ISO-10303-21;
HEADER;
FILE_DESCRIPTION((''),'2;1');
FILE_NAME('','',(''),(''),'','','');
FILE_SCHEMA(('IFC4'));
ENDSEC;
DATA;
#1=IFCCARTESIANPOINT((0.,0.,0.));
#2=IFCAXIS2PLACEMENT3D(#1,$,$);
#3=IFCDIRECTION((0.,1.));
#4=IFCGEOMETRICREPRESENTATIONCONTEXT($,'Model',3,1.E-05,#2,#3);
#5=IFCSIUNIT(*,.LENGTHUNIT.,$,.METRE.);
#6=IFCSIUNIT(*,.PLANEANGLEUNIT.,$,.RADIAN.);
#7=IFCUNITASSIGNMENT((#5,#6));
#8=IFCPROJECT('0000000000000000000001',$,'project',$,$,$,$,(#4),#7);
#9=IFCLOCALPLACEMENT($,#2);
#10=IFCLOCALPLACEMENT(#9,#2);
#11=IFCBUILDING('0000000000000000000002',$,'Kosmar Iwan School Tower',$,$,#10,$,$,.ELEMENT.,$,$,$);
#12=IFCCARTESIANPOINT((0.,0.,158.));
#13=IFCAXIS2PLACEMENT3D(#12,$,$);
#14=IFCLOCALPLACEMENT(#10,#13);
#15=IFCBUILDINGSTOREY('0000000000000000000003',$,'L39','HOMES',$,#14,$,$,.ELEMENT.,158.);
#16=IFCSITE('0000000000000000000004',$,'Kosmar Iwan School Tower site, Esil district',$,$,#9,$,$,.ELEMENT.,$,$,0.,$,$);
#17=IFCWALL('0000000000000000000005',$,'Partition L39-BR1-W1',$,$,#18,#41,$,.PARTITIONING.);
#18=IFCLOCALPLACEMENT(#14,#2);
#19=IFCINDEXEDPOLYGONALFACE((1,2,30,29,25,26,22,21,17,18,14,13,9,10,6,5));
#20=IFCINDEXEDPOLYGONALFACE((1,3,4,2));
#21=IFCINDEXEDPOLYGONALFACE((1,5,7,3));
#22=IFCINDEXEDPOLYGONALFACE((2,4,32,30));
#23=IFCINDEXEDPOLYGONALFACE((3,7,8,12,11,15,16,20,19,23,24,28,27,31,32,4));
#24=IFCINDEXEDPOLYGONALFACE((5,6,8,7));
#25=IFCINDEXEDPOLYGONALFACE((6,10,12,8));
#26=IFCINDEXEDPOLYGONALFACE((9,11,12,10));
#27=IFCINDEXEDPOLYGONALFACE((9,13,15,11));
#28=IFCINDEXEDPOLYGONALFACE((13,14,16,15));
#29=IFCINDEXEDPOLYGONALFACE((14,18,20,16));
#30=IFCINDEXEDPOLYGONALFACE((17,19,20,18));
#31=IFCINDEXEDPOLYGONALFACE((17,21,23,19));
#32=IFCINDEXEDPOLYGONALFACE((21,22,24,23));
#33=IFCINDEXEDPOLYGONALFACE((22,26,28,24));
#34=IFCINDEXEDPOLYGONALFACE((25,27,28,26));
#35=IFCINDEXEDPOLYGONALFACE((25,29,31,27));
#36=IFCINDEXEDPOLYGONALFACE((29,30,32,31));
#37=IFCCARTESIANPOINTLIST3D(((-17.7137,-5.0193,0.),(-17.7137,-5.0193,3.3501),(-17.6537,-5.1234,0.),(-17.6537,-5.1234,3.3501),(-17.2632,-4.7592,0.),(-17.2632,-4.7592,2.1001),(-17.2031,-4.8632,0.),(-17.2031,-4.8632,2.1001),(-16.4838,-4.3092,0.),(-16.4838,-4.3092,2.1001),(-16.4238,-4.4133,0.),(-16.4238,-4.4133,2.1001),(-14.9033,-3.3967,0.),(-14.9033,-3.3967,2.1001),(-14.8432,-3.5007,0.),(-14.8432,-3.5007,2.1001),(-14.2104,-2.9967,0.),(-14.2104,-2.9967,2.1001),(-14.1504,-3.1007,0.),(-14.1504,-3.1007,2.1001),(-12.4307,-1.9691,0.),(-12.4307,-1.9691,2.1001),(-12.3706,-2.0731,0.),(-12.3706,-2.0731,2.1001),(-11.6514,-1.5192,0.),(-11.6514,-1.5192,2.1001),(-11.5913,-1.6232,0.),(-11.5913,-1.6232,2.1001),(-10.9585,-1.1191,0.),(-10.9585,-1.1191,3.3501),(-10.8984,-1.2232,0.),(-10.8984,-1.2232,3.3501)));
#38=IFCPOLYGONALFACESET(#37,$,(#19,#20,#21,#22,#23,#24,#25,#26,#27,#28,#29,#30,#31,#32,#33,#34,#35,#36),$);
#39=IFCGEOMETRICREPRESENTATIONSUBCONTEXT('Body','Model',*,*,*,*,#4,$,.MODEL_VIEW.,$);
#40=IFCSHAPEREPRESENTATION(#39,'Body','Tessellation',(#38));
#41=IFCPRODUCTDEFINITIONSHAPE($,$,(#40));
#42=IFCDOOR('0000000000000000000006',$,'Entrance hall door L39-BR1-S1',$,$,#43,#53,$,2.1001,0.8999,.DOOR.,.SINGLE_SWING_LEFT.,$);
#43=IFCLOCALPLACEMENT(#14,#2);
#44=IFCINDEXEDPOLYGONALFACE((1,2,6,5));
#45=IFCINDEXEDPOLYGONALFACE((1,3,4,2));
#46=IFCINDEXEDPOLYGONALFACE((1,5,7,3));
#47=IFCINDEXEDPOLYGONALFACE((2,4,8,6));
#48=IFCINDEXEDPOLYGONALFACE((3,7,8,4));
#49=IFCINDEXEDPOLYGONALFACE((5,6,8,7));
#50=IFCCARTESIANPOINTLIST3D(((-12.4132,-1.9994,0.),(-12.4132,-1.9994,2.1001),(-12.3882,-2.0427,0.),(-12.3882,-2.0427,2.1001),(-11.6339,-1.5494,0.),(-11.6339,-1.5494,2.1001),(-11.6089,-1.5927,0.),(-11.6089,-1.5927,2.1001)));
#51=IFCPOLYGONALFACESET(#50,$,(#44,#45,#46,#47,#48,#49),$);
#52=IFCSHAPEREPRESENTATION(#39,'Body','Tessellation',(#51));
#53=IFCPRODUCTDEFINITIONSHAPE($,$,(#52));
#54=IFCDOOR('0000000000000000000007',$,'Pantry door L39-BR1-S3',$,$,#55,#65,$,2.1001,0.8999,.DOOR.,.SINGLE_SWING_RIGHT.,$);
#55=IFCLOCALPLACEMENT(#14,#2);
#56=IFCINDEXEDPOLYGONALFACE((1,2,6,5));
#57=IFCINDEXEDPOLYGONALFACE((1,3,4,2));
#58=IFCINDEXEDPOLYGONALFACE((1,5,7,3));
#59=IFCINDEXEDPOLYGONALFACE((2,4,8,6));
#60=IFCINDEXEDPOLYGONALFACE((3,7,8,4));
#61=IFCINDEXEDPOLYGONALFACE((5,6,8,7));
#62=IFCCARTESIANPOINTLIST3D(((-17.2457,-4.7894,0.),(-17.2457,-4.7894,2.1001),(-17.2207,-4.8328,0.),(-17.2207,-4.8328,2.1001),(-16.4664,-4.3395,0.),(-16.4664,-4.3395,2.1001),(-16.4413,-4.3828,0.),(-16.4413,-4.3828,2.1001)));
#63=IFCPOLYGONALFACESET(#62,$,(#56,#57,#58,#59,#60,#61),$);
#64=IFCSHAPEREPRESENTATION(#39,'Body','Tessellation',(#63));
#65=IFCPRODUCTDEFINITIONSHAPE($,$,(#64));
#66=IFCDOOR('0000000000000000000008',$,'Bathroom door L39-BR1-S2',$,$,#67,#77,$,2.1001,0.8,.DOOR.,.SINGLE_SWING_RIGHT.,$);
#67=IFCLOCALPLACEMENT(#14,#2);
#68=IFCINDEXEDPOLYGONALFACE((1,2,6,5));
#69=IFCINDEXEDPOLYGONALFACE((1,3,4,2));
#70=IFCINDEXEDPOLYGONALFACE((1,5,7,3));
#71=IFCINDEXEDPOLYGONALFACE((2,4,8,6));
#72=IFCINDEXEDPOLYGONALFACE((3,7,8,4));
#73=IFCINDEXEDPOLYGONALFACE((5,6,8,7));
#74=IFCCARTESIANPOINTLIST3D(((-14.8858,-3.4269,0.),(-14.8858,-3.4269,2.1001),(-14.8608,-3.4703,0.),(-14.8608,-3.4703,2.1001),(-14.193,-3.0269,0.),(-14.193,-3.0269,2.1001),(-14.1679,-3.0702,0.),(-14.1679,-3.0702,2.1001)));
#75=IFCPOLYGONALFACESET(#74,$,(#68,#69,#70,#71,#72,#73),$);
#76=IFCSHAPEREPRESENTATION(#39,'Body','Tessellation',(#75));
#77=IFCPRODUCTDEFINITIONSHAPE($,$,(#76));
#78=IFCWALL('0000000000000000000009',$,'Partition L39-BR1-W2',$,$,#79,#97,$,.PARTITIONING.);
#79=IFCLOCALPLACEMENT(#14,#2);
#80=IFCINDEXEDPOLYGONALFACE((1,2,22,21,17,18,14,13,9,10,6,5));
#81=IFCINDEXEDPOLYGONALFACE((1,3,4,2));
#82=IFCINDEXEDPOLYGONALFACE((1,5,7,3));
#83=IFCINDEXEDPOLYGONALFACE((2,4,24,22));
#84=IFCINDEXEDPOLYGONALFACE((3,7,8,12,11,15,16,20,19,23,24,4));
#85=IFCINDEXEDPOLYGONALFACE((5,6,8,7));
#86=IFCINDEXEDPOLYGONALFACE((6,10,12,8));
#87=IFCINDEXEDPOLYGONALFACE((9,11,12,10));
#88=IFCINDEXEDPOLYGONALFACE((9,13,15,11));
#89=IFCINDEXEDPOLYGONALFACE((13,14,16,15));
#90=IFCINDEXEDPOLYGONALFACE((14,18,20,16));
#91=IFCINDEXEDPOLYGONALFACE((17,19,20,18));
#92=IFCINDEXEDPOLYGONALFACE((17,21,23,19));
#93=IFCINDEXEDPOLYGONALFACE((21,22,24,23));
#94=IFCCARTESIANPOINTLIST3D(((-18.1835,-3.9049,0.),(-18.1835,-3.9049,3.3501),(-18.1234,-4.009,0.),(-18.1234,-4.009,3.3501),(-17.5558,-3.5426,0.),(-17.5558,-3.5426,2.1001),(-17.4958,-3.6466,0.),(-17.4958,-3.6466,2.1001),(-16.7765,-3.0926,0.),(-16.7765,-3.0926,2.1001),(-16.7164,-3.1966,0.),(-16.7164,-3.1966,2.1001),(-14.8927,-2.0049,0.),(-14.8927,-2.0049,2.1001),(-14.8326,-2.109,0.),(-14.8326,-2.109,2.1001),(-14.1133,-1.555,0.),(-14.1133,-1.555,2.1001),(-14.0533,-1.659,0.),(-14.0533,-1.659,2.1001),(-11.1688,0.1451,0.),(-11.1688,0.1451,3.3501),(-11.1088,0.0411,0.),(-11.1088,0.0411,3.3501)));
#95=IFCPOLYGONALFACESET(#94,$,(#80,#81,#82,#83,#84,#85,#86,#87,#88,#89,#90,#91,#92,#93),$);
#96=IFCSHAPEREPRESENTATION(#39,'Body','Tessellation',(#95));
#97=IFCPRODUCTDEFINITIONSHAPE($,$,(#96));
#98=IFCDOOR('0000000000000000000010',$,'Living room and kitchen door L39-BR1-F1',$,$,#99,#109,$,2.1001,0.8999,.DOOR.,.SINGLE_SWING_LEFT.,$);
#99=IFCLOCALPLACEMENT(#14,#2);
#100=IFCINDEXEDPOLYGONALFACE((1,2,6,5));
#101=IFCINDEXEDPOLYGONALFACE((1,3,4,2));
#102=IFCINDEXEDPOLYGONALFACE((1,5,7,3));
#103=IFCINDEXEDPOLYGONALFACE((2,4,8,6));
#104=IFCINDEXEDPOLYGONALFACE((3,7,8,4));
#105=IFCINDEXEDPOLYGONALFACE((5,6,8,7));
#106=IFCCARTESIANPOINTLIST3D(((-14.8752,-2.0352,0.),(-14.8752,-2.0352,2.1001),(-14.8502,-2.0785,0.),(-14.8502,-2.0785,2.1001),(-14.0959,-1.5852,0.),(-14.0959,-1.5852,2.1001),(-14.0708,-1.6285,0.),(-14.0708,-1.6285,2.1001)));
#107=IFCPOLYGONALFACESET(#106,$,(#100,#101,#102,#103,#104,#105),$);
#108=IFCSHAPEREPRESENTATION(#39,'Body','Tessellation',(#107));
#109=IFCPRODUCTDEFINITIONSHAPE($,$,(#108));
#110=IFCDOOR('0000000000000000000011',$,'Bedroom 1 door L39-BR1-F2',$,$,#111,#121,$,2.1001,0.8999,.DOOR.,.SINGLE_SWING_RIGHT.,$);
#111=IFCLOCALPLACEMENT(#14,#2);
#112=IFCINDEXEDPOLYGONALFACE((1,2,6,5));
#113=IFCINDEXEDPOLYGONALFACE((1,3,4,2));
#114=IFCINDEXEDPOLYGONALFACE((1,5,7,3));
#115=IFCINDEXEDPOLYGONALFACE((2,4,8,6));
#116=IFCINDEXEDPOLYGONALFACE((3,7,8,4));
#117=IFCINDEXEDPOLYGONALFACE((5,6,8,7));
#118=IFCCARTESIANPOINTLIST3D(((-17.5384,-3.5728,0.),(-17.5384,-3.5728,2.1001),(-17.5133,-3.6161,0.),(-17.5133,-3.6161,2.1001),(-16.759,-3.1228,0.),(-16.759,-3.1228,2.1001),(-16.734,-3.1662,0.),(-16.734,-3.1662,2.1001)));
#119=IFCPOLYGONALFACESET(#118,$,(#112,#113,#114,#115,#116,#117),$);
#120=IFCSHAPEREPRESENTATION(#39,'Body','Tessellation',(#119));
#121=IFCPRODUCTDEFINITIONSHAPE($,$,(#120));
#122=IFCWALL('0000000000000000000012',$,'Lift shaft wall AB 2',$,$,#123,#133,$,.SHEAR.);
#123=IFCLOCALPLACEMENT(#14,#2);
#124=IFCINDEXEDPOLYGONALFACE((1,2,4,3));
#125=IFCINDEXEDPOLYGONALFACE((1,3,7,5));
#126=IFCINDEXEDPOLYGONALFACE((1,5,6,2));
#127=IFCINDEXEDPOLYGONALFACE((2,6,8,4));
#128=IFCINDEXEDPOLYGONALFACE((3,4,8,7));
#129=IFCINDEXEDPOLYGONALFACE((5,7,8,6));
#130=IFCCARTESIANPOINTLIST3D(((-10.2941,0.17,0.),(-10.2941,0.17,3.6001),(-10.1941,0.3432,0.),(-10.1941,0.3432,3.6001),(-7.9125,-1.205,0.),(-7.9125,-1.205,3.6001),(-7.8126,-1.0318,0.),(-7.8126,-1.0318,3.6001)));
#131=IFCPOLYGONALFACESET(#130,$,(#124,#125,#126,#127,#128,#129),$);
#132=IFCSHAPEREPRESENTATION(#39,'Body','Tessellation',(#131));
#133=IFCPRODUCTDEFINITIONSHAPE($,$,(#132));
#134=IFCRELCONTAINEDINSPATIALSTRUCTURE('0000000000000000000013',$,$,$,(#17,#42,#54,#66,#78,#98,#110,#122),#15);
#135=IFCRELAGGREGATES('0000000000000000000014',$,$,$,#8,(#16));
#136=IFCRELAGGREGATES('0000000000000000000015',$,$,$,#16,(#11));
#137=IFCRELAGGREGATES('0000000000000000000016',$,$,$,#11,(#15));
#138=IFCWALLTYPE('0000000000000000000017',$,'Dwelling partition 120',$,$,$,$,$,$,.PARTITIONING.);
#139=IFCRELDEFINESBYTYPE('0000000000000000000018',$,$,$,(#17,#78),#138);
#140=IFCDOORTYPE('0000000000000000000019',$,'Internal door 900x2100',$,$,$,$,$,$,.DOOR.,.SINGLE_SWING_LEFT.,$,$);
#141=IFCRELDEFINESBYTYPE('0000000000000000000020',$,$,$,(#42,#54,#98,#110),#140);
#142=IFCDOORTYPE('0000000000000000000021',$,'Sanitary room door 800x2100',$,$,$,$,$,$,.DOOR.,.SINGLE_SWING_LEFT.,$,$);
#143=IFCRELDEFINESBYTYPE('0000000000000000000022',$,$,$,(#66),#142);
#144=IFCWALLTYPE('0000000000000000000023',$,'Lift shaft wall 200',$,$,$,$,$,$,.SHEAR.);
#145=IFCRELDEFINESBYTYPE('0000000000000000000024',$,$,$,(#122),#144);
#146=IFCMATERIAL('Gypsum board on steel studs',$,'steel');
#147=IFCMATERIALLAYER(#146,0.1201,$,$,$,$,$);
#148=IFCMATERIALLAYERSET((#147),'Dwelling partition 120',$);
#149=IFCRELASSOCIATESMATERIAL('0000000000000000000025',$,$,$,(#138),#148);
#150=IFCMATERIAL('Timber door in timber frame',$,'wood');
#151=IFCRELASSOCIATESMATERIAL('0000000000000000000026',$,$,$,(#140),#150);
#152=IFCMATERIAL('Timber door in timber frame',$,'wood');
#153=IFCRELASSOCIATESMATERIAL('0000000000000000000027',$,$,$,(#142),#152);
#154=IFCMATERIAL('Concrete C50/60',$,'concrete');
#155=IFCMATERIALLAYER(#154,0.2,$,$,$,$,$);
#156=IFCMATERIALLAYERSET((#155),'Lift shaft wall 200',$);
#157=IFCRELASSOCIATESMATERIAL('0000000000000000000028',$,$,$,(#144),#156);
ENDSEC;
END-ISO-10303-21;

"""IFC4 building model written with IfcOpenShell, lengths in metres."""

from ifc_helpers import new_model, si_unit, direction, frame, frame_2d, origin, place, context, subcontext, project, spatial, rectangle, extrude, material, layer, layer_set, type_object, element, fill, save


model = new_model("IFC4")

# Units and contexts
model_context = context("Model", 3, precision=1e-05, world=origin(), true_north=direction((0.0, 1.0)))
body_context = subcontext(model_context, "Body", "Model", "MODEL_VIEW")
ifc_project = project(units=[si_unit("LENGTHUNIT", "METRE"), si_unit("PLANEANGLEUNIT", "RADIAN")], contexts=[model_context])

# Site, building, storey
site_placement = place(None, origin())
site = spatial("IfcSite", under=ifc_project, at=site_placement, Name="Kosmar Iwan School Tower site, Esil district", CompositionType="ELEMENT", RefElevation=0.0)
building_placement = place(site_placement, origin())
building = spatial("IfcBuilding", under=site, at=building_placement, Name="Kosmar Iwan School Tower", CompositionType="ELEMENT")
storey_placement = place(building_placement, frame((0.0, 0.0, 158.0)))
storey = spatial("IfcBuildingStorey", under=building, at=storey_placement, Name="L39", Description="HOMES", CompositionType="ELEMENT", Elevation=158.0)

# Walls, openings, doors
ifc_material_1 = material(Name="Gypsum board on steel studs", Category="steel")
ifc_layer_1 = layer(ifc_material_1, 0.1201)
ifc_layer_set_1 = layer_set([ifc_layer_1], Name="Dwelling partition 120")
wall_type_1 = type_object("IfcWallType", Name="Dwelling partition 120", PredefinedType="PARTITIONING", material=ifc_layer_set_1)
wall_1_placement = place(storey_placement, frame((-10.9285, -1.1711, 0.0), z_axis=(0.0, 0.0, 1.0), x_axis=(-0.866021, -0.500007, 0.0)))
wall_1 = element("IfcWall", 1, at=wall_1_placement, inside=storey, type_object=wall_type_1, Name="Partition L39-BR1-W1", PredefinedType="PARTITIONING", context=body_context, shape_type="SweptSolid", body=[
    extrude(rectangle(XDim=7.8003, YDim=0.1201, at=frame_2d((3.9001, 0.0))), origin(), (0.0, 0.0, 1.0), 3.3501),
])
opening_1_placement = place(wall_1_placement, frame((0.8, 0.0, 0.0)))
opening_1 = element("IfcOpeningElement", 2, at=opening_1_placement, cuts=wall_1, PredefinedType="OPENING", context=body_context, shape_type="SweptSolid", body=[
    extrude(rectangle(XDim=0.8999, YDim=2.1001, at=frame_2d((0.45, 1.05))), frame((0.0, 0.072, 0.0), z_axis=(0.0, -1.0, 0.0), x_axis=(1.0, 0.0, 0.0)), (0.0, 0.0, 1.0), 0.144),
])
opening_2_placement = place(wall_1_placement, frame((3.7551, 0.0, 0.0)))
opening_2 = element("IfcOpeningElement", 3, at=opening_2_placement, cuts=wall_1, PredefinedType="OPENING", context=body_context, shape_type="SweptSolid", body=[
    extrude(rectangle(XDim=0.8, YDim=2.1001, at=frame_2d((0.3999, 1.05))), frame((0.0, 0.072, 0.0), z_axis=(0.0, -1.0, 0.0), x_axis=(1.0, 0.0, 0.0)), (0.0, 0.0, 1.0), 0.144),
])
opening_3_placement = place(wall_1_placement, frame((6.3801, 0.0, 0.0)))
opening_3 = element("IfcOpeningElement", 4, at=opening_3_placement, cuts=wall_1, PredefinedType="OPENING", context=body_context, shape_type="SweptSolid", body=[
    extrude(rectangle(XDim=0.8999, YDim=2.1001, at=frame_2d((0.45, 1.05))), frame((0.0, 0.072, 0.0), z_axis=(0.0, -1.0, 0.0), x_axis=(1.0, 0.0, 0.0)), (0.0, 0.0, 1.0), 0.144),
])
ifc_material_2 = material(Name="Timber door in timber frame", Category="wood")
door_type_1 = type_object("IfcDoorType", Name="Internal door 900x2100", OperationType="SINGLE_SWING_LEFT", PredefinedType="DOOR", material=ifc_material_2)
door_1_placement = place(opening_1_placement, origin())
door_1 = element("IfcDoor", 5, at=door_1_placement, inside=storey, type_object=door_type_1, Name="Entrance hall door L39-BR1-S1", OperationType="SINGLE_SWING_LEFT", OverallHeight=2.1001, OverallWidth=0.8999, PredefinedType="DOOR", context=body_context, shape_type="SweptSolid", body=[
    extrude(rectangle(XDim=0.8999, YDim=2.1001, at=frame_2d((0.45, 1.05))), frame((0.0, 0.0249, 0.0), z_axis=(0.0, -1.0, 0.0), x_axis=(1.0, 0.0, 0.0)), (0.0, 0.0, 1.0), 0.05),
])
fill(opening_1, door_1)
door_2_placement = place(opening_3_placement, origin())
door_2 = element("IfcDoor", 6, at=door_2_placement, inside=storey, type_object=door_type_1, Name="Pantry door L39-BR1-S3", OperationType="SINGLE_SWING_RIGHT", OverallHeight=2.1001, OverallWidth=0.8999, PredefinedType="DOOR", context=body_context, shape_type="SweptSolid", body=[
    extrude(rectangle(XDim=0.8999, YDim=2.1001, at=frame_2d((0.45, 1.05))), frame((0.0, 0.0249, 0.0), z_axis=(0.0, -1.0, 0.0), x_axis=(1.0, 0.0, 0.0)), (0.0, 0.0, 1.0), 0.05),
])
fill(opening_3, door_2)
ifc_material_3 = material(Name="Timber door in timber frame", Category="wood")
door_type_2 = type_object("IfcDoorType", Name="Sanitary room door 800x2100", OperationType="SINGLE_SWING_LEFT", PredefinedType="DOOR", material=ifc_material_3)
door_3_placement = place(opening_2_placement, origin())
door_3 = element("IfcDoor", 7, at=door_3_placement, inside=storey, type_object=door_type_2, Name="Bathroom door L39-BR1-S2", OperationType="SINGLE_SWING_RIGHT", OverallHeight=2.1001, OverallWidth=0.8, PredefinedType="DOOR", context=body_context, shape_type="SweptSolid", body=[
    extrude(rectangle(XDim=0.8, YDim=2.1001, at=frame_2d((0.3999, 1.05))), frame((0.0, 0.0249, 0.0), z_axis=(0.0, -1.0, 0.0), x_axis=(1.0, 0.0, 0.0)), (0.0, 0.0, 1.0), 0.05),
])
fill(opening_2, door_3)
wall_2_placement = place(storey_placement, frame((-11.1389, 0.093, 0.0), z_axis=(0.0, 0.0, 1.0), x_axis=(-0.866018, -0.500013, 0.0)))
wall_2 = element("IfcWall", 8, at=wall_2_placement, inside=storey, type_object=wall_type_1, Name="Partition L39-BR1-W2", PredefinedType="PARTITIONING", context=body_context, shape_type="SweptSolid", body=[
    extrude(rectangle(XDim=8.0999, YDim=0.1201, at=frame_2d((4.0498, 0.0))), origin(), (0.0, 0.0, 1.0), 3.3501),
])
opening_4_placement = place(wall_2_placement, frame((3.3999, 0.0, 0.0)))
opening_4 = element("IfcOpeningElement", 9, at=opening_4_placement, cuts=wall_2, PredefinedType="OPENING", context=body_context, shape_type="SweptSolid", body=[
    extrude(rectangle(XDim=0.8999, YDim=2.1001, at=frame_2d((0.45, 1.05))), frame((0.0, 0.072, 0.0), z_axis=(0.0, -1.0, 0.0), x_axis=(1.0, 0.0, 0.0)), (0.0, 0.0, 1.0), 0.144),
])
opening_5_placement = place(wall_2_placement, frame((6.4751, 0.0, 0.0)))
opening_5 = element("IfcOpeningElement", 10, at=opening_5_placement, cuts=wall_2, PredefinedType="OPENING", context=body_context, shape_type="SweptSolid", body=[
    extrude(rectangle(XDim=0.8999, YDim=2.1001, at=frame_2d((0.45, 1.05))), frame((0.0, 0.072, 0.0), z_axis=(0.0, -1.0, 0.0), x_axis=(1.0, 0.0, 0.0)), (0.0, 0.0, 1.0), 0.144),
])
door_4_placement = place(opening_4_placement, origin())
door_4 = element("IfcDoor", 11, at=door_4_placement, inside=storey, type_object=door_type_1, Name="Living room and kitchen door L39-BR1-F1", OperationType="SINGLE_SWING_LEFT", OverallHeight=2.1001, OverallWidth=0.8999, PredefinedType="DOOR", context=body_context, shape_type="SweptSolid", body=[
    extrude(rectangle(XDim=0.8999, YDim=2.1001, at=frame_2d((0.45, 1.05))), frame((0.0, 0.0249, 0.0), z_axis=(0.0, -1.0, 0.0), x_axis=(1.0, 0.0, 0.0)), (0.0, 0.0, 1.0), 0.05),
])
fill(opening_4, door_4)
door_5_placement = place(opening_5_placement, origin())
door_5 = element("IfcDoor", 12, at=door_5_placement, inside=storey, type_object=door_type_1, Name="Bedroom 1 door L39-BR1-F2", OperationType="SINGLE_SWING_RIGHT", OverallHeight=2.1001, OverallWidth=0.8999, PredefinedType="DOOR", context=body_context, shape_type="SweptSolid", body=[
    extrude(rectangle(XDim=0.8999, YDim=2.1001, at=frame_2d((0.45, 1.05))), frame((0.0, 0.0249, 0.0), z_axis=(0.0, -1.0, 0.0), x_axis=(1.0, 0.0, 0.0)), (0.0, 0.0, 1.0), 0.05),
])
fill(opening_5, door_5)

# Wall
ifc_material_4 = material(Name="Concrete C50/60", Category="concrete")
ifc_layer_2 = layer(ifc_material_4, 0.2)
ifc_layer_set_2 = layer_set([ifc_layer_2], Name="Lift shaft wall 200")
wall_type_2 = type_object("IfcWallType", Name="Lift shaft wall 200", PredefinedType="SHEAR", material=ifc_layer_set_2)
wall_3_placement = place(storey_placement, frame((-7.8625, -1.1184, 0.0), z_axis=(0.0, 0.0, 1.0), x_axis=(-0.866027, 0.499997, 0.0)))
element("IfcWall", 13, at=wall_3_placement, inside=storey, type_object=wall_type_2, Name="Lift shaft wall AB 2", PredefinedType="SHEAR", context=body_context, shape_type="SweptSolid", body=[
    extrude(rectangle(XDim=2.75, YDim=0.2, at=frame_2d((1.375, 0.0))), origin(), (0.0, 0.0, 1.0), 3.6001),
])

save(model, "model.ifc")
